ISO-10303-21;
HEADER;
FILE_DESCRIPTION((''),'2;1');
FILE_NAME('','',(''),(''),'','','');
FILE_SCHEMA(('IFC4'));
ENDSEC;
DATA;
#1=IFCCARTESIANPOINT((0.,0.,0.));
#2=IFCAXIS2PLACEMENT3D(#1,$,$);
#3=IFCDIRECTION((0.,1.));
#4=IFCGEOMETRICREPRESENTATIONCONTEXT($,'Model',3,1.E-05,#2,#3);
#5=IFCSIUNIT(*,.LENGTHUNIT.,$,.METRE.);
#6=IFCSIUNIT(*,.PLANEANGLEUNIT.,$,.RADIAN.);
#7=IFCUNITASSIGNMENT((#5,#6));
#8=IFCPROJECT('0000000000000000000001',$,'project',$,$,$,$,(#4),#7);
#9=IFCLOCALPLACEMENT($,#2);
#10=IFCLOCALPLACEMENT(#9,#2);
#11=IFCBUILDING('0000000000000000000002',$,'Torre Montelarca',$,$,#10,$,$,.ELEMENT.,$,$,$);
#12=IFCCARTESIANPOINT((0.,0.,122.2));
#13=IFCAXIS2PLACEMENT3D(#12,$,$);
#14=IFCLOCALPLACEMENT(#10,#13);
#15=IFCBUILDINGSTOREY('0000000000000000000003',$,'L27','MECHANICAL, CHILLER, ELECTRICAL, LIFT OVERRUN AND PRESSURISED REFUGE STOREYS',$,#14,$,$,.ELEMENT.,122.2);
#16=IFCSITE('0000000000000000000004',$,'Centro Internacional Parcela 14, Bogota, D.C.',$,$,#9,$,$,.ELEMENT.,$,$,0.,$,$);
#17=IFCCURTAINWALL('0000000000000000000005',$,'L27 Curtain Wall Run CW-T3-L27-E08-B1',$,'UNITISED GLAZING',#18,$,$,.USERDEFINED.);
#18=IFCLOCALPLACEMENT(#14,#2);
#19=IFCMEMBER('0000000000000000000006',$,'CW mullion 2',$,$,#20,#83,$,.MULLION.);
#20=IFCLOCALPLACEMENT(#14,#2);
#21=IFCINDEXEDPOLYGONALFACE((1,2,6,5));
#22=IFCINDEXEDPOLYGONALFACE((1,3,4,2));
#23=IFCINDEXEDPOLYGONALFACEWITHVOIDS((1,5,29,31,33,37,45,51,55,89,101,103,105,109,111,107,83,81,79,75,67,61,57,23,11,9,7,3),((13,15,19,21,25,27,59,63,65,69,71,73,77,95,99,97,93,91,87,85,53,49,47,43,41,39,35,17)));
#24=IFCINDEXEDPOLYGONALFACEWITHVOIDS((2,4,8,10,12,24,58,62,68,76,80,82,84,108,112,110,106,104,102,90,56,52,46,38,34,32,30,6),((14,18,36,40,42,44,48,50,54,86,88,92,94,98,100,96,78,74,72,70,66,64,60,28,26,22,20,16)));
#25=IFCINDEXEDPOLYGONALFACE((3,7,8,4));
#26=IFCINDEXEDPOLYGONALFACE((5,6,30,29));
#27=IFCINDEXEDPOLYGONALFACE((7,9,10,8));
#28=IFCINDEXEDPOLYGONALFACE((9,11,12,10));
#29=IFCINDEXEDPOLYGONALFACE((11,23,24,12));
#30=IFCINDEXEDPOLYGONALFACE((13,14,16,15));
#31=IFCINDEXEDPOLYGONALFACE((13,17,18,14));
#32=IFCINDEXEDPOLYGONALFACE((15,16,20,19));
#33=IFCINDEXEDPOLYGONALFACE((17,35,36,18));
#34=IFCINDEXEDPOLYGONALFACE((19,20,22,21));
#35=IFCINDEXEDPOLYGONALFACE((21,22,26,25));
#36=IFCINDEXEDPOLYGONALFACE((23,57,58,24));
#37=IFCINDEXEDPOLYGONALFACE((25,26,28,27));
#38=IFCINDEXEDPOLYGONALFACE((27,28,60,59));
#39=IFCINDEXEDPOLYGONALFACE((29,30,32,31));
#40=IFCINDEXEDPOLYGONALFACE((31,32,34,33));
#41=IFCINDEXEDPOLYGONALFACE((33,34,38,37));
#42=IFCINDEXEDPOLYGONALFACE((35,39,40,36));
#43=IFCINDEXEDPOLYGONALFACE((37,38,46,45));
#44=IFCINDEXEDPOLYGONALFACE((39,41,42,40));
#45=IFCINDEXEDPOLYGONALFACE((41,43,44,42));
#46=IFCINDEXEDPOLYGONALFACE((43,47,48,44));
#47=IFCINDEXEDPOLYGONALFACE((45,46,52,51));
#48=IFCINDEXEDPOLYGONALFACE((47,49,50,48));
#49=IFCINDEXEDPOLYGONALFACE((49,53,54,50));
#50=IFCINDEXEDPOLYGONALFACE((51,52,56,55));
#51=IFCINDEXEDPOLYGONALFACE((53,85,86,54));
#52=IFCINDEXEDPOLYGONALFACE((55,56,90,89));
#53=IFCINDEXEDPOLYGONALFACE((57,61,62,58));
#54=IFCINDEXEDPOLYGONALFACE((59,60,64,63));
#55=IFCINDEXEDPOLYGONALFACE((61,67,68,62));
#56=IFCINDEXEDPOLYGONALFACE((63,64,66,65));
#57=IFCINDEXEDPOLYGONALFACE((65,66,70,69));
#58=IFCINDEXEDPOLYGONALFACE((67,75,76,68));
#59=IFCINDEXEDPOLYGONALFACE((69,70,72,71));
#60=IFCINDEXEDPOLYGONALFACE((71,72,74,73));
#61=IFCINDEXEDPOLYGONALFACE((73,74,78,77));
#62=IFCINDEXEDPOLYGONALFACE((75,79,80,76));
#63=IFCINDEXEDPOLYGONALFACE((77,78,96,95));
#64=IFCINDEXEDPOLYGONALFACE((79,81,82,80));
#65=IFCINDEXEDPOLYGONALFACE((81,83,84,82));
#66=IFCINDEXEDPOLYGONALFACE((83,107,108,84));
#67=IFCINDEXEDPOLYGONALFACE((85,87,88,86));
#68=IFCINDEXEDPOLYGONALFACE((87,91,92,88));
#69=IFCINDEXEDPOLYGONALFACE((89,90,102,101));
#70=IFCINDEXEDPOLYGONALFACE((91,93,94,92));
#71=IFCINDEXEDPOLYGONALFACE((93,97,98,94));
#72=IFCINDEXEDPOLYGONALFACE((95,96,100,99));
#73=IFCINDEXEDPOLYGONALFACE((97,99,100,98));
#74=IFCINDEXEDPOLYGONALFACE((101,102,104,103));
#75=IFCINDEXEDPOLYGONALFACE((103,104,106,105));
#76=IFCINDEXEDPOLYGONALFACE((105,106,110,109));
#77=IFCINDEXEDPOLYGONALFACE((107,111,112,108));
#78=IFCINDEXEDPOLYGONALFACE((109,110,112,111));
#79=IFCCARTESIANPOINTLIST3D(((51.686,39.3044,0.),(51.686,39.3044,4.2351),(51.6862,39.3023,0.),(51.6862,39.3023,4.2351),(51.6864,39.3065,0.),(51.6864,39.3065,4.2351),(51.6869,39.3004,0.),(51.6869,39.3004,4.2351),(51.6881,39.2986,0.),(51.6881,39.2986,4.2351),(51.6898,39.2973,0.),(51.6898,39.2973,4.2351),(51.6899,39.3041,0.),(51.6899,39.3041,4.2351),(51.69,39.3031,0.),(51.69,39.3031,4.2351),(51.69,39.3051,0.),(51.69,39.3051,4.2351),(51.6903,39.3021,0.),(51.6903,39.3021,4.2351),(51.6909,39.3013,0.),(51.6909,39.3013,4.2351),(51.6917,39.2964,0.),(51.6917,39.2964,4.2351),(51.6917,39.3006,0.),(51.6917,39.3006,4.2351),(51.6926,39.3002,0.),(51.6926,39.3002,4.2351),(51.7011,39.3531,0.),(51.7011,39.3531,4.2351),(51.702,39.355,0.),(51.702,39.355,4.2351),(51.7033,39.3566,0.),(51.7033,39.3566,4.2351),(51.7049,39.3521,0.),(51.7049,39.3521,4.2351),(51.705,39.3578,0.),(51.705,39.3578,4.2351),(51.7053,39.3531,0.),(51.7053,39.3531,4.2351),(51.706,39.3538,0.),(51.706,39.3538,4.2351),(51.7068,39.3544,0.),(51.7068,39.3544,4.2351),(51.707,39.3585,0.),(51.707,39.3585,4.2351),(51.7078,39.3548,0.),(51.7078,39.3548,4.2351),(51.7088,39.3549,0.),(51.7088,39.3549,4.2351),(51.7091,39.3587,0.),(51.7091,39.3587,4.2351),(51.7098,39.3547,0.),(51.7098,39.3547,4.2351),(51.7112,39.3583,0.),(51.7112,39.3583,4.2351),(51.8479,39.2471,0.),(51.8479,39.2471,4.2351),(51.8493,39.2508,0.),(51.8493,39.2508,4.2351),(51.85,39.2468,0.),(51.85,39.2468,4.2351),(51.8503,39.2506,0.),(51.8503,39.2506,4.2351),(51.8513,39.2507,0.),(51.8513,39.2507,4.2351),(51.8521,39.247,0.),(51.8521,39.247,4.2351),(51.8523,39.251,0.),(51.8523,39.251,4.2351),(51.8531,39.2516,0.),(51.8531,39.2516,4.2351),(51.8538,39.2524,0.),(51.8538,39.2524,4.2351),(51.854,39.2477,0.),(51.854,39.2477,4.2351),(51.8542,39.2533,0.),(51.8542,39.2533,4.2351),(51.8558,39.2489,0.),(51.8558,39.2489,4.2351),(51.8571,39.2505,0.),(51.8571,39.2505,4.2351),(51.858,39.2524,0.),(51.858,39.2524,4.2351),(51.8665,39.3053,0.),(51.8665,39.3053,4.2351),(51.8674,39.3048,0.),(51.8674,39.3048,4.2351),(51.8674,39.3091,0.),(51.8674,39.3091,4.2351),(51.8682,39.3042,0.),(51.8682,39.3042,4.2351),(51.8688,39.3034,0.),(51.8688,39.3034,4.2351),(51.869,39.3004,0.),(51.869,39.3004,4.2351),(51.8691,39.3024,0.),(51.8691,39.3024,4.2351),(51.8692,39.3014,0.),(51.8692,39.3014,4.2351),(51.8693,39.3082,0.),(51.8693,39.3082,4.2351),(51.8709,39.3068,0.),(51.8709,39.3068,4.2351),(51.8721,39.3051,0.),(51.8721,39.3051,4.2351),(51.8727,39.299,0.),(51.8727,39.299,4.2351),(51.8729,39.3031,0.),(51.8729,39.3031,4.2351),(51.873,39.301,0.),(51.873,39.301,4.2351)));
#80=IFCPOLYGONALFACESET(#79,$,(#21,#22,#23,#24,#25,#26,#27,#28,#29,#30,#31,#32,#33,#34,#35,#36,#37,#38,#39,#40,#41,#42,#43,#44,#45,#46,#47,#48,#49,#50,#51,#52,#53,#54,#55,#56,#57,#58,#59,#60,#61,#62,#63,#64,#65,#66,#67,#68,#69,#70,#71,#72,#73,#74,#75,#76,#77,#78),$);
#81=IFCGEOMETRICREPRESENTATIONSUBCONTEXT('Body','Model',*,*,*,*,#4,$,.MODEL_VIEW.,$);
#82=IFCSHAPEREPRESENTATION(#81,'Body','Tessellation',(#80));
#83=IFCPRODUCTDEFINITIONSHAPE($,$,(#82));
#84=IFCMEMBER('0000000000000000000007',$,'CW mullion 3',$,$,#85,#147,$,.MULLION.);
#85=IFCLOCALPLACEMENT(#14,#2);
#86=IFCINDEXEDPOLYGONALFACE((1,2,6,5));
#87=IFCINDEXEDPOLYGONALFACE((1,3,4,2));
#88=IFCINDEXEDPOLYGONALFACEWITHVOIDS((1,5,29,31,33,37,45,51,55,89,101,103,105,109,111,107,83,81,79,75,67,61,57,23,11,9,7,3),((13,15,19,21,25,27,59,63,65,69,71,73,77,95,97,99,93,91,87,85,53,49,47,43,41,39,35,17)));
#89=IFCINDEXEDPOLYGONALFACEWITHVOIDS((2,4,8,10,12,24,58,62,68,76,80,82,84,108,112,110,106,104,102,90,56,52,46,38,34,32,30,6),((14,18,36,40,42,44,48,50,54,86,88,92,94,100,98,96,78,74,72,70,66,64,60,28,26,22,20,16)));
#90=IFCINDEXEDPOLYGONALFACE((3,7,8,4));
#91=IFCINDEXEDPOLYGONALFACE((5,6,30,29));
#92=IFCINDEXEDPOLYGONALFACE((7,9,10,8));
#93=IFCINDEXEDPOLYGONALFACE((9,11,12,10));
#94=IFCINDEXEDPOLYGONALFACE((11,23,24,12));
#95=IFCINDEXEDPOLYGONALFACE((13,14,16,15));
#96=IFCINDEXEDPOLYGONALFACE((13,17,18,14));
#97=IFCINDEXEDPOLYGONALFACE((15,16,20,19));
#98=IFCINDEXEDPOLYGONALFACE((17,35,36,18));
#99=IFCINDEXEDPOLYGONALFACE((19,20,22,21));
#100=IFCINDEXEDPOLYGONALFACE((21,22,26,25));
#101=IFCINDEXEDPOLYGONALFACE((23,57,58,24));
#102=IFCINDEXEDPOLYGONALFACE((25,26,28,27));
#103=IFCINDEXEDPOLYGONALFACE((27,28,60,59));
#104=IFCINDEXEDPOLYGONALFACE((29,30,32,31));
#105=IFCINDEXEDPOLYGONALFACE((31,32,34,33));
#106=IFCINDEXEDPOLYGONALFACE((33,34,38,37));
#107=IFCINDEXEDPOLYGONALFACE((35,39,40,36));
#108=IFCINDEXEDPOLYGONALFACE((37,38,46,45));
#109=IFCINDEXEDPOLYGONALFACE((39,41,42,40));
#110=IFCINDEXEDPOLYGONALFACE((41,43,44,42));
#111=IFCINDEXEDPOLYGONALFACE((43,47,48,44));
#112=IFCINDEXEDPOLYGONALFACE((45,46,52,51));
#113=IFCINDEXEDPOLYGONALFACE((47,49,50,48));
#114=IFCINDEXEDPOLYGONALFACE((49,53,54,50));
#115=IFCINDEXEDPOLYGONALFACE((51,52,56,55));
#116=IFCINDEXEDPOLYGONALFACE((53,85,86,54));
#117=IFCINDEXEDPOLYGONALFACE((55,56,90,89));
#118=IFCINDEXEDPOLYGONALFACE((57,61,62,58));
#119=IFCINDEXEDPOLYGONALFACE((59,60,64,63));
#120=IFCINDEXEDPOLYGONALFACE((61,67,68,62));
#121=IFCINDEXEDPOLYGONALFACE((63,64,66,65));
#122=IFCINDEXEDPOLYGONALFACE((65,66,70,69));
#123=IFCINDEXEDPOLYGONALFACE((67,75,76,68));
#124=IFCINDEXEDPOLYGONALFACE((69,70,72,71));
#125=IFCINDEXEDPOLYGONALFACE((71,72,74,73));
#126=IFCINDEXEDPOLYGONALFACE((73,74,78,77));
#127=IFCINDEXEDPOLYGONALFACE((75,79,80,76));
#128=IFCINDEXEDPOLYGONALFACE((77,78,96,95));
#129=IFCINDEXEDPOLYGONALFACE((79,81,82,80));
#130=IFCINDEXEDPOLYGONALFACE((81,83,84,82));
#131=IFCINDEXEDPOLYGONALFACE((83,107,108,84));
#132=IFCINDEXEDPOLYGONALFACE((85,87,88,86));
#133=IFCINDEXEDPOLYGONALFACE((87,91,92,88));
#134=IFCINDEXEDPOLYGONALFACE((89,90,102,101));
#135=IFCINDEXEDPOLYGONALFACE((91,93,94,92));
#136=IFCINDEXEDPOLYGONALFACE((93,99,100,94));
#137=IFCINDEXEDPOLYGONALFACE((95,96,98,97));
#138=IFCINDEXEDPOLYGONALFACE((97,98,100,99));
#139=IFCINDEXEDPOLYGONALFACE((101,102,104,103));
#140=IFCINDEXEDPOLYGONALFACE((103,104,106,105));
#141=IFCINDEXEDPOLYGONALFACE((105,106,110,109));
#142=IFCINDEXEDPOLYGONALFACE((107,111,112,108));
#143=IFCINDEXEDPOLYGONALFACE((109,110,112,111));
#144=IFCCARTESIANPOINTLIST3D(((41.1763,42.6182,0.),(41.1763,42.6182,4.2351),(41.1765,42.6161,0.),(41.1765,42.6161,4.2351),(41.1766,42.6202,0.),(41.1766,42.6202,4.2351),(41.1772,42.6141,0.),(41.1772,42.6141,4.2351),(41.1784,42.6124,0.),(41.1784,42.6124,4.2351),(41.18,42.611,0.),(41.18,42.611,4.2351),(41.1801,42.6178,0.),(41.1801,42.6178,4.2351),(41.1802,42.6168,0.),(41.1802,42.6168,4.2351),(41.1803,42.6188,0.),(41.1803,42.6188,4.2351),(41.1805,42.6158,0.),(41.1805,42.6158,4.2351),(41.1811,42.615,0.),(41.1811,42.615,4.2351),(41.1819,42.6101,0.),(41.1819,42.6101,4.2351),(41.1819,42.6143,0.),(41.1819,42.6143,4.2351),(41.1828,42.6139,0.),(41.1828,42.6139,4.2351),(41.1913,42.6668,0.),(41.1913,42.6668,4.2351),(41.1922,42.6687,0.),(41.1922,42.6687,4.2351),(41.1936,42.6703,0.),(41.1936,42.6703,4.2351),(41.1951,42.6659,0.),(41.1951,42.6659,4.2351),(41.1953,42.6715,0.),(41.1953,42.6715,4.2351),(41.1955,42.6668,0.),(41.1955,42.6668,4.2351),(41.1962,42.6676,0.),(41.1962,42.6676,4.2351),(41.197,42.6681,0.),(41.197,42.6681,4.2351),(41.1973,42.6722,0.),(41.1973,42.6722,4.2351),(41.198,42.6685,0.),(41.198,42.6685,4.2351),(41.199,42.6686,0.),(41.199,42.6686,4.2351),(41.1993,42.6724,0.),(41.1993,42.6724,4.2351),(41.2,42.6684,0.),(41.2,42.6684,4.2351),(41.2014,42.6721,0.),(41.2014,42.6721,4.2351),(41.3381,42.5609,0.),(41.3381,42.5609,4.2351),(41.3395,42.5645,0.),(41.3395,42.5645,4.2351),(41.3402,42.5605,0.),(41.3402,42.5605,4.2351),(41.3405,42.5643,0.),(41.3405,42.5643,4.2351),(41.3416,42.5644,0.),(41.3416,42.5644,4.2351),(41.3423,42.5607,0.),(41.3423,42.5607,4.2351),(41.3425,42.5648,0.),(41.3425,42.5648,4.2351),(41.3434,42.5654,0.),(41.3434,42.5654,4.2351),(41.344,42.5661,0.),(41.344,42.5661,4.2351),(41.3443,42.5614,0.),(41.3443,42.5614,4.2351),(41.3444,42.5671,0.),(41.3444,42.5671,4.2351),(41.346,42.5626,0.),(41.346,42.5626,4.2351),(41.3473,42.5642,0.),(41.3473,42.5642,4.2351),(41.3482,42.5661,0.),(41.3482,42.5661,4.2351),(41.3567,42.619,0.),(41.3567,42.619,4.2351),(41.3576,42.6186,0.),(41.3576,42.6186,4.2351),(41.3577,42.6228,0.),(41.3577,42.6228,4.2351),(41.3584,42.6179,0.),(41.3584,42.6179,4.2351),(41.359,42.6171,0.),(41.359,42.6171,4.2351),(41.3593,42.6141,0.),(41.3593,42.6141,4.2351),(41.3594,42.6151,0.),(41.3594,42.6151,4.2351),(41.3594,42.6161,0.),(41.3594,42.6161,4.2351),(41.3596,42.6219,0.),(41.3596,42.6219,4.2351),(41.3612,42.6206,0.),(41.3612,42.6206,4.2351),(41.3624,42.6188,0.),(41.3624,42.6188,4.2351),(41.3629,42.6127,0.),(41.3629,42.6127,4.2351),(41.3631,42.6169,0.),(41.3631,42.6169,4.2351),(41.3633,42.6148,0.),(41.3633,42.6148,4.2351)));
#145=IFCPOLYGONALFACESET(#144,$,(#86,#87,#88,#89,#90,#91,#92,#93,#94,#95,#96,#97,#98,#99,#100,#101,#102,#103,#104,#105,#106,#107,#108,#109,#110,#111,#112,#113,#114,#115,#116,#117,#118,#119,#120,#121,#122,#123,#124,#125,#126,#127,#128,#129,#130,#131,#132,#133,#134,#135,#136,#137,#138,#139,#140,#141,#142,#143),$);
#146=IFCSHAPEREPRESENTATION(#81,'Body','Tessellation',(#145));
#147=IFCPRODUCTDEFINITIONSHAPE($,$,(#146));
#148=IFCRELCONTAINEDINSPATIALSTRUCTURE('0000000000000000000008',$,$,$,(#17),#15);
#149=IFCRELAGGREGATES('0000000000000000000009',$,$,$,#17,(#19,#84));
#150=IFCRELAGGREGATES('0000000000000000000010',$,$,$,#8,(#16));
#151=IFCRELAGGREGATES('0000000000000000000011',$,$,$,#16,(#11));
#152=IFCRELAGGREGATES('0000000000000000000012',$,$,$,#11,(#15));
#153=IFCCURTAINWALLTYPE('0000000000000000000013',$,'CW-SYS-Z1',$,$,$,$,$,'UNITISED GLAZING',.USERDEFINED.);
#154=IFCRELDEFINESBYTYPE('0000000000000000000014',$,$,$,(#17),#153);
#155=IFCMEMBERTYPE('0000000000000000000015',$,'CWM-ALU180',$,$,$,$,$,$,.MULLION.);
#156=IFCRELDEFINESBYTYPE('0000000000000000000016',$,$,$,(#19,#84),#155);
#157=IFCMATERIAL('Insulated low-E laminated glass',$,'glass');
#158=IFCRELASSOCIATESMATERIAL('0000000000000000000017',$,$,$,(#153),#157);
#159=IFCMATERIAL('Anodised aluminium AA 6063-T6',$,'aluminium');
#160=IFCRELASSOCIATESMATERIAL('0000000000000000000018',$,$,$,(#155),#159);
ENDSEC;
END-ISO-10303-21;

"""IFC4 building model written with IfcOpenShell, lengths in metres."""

from ifc_helpers import new_model, si_unit, direction, frame, origin, origin_2d, place, context, subcontext, project, spatial, hollow_rectangle, extrude, source, transform, mapped, material, material_profile, profile_set, type_object, element, aggregate, save


model = new_model("IFC4")

# Units and contexts
model_context = context("Model", 3, precision=1e-05, world=origin(), true_north=direction((0.0, 1.0)))
body_context = subcontext(model_context, "Body", "Model", "MODEL_VIEW")
ifc_project = project(units=[si_unit("LENGTHUNIT", "METRE"), si_unit("PLANEANGLEUNIT", "RADIAN")], contexts=[model_context])

# Site, building, storey
site_placement = place(None, origin())
site = spatial("IfcSite", under=ifc_project, at=site_placement, Name="Centro Internacional Parcela 14, Bogota, D.C.", CompositionType="ELEMENT", RefElevation=0.0)
building_placement = place(site_placement, origin())
building = spatial("IfcBuilding", under=site, at=building_placement, Name="Torre Montelarca", CompositionType="ELEMENT")
storey_placement = place(building_placement, frame((0.0, 0.0, 122.2)))
storey = spatial("IfcBuildingStorey", under=building, at=storey_placement, Name="L27", Description="MECHANICAL, CHILLER, ELECTRICAL, LIFT OVERRUN AND PRESSURISED REFUGE STOREYS", CompositionType="ELEMENT", Elevation=122.2)

# Curtain wall, members
ifc_material_1 = material(Name="Insulated low-E laminated glass", Category="glass")
curtain_wall_type = type_object("IfcCurtainWallType", Name="CW-SYS-Z1", ElementType="UNITISED GLAZING", PredefinedType="USERDEFINED", material=ifc_material_1)
curtain_wall_1_placement = place(storey_placement, origin())
curtain_wall_1 = element("IfcCurtainWall", 1, at=curtain_wall_1_placement, inside=storey, type_object=curtain_wall_type, Name="L27 Curtain Wall Run CW-T3-L27-E08-B1", ObjectType="UNITISED GLAZING", PredefinedType="USERDEFINED")
ifc_material_2 = material(Name="Anodised aluminium AA 6063-T6", Category="aluminium")
ifc_material_profile_1 = material_profile(ifc_material_2, hollow_rectangle(XDim=0.0649, YDim=0.1799, WallThickness=0.0039, InnerFilletRadius=0.0039, OuterFilletRadius=0.0081, at=origin_2d()), Name="ALU65X180X4", Category="aluminium")
ifc_profile_set_1 = profile_set([ifc_material_profile_1], Name="Anodised aluminium AA 6063-T6")
member_type_1 = type_object("IfcMemberType", Name="CWM-ALU180", PredefinedType="MULLION", material=ifc_profile_set_1)
shared_shape_1 = source(origin(), body_context, "Body", "SweptSolid", [
    extrude(hollow_rectangle(XDim=0.0649, YDim=0.1799, WallThickness=0.0039, InnerFilletRadius=0.0039, OuterFilletRadius=0.0081, at=origin_2d()), origin(), (0.0, 0.0, 1.0), 4.2351),
])
member_1_placement = place(storey_placement, frame((51.7795, 39.3027, 0.0), z_axis=(0.0, 0.0, 1.0), x_axis=(-0.300703, -0.953718, 0.0)))
member_1 = element("IfcMember", 2, at=member_1_placement, type_object=member_type_1, Name="CW mullion 2", PredefinedType="MULLION", context=body_context, shape_type="MappedRepresentation", body=[
    mapped(shared_shape_1, transform((0.0, 0.0, 0.0), scale=1.0)),
])
member_2_placement = place(storey_placement, frame((41.2698, 42.6165, 0.0), z_axis=(0.0, 0.0, 1.0), x_axis=(-0.300703, -0.953718, 0.0)))
member_2 = element("IfcMember", 3, at=member_2_placement, type_object=member_type_1, Name="CW mullion 3", PredefinedType="MULLION", context=body_context, shape_type="MappedRepresentation", body=[
    mapped(shared_shape_1, transform((0.0, 0.0, 0.0), scale=1.0)),
])

aggregate(curtain_wall_1, [member_1, member_2])

save(model, "model.ifc")
